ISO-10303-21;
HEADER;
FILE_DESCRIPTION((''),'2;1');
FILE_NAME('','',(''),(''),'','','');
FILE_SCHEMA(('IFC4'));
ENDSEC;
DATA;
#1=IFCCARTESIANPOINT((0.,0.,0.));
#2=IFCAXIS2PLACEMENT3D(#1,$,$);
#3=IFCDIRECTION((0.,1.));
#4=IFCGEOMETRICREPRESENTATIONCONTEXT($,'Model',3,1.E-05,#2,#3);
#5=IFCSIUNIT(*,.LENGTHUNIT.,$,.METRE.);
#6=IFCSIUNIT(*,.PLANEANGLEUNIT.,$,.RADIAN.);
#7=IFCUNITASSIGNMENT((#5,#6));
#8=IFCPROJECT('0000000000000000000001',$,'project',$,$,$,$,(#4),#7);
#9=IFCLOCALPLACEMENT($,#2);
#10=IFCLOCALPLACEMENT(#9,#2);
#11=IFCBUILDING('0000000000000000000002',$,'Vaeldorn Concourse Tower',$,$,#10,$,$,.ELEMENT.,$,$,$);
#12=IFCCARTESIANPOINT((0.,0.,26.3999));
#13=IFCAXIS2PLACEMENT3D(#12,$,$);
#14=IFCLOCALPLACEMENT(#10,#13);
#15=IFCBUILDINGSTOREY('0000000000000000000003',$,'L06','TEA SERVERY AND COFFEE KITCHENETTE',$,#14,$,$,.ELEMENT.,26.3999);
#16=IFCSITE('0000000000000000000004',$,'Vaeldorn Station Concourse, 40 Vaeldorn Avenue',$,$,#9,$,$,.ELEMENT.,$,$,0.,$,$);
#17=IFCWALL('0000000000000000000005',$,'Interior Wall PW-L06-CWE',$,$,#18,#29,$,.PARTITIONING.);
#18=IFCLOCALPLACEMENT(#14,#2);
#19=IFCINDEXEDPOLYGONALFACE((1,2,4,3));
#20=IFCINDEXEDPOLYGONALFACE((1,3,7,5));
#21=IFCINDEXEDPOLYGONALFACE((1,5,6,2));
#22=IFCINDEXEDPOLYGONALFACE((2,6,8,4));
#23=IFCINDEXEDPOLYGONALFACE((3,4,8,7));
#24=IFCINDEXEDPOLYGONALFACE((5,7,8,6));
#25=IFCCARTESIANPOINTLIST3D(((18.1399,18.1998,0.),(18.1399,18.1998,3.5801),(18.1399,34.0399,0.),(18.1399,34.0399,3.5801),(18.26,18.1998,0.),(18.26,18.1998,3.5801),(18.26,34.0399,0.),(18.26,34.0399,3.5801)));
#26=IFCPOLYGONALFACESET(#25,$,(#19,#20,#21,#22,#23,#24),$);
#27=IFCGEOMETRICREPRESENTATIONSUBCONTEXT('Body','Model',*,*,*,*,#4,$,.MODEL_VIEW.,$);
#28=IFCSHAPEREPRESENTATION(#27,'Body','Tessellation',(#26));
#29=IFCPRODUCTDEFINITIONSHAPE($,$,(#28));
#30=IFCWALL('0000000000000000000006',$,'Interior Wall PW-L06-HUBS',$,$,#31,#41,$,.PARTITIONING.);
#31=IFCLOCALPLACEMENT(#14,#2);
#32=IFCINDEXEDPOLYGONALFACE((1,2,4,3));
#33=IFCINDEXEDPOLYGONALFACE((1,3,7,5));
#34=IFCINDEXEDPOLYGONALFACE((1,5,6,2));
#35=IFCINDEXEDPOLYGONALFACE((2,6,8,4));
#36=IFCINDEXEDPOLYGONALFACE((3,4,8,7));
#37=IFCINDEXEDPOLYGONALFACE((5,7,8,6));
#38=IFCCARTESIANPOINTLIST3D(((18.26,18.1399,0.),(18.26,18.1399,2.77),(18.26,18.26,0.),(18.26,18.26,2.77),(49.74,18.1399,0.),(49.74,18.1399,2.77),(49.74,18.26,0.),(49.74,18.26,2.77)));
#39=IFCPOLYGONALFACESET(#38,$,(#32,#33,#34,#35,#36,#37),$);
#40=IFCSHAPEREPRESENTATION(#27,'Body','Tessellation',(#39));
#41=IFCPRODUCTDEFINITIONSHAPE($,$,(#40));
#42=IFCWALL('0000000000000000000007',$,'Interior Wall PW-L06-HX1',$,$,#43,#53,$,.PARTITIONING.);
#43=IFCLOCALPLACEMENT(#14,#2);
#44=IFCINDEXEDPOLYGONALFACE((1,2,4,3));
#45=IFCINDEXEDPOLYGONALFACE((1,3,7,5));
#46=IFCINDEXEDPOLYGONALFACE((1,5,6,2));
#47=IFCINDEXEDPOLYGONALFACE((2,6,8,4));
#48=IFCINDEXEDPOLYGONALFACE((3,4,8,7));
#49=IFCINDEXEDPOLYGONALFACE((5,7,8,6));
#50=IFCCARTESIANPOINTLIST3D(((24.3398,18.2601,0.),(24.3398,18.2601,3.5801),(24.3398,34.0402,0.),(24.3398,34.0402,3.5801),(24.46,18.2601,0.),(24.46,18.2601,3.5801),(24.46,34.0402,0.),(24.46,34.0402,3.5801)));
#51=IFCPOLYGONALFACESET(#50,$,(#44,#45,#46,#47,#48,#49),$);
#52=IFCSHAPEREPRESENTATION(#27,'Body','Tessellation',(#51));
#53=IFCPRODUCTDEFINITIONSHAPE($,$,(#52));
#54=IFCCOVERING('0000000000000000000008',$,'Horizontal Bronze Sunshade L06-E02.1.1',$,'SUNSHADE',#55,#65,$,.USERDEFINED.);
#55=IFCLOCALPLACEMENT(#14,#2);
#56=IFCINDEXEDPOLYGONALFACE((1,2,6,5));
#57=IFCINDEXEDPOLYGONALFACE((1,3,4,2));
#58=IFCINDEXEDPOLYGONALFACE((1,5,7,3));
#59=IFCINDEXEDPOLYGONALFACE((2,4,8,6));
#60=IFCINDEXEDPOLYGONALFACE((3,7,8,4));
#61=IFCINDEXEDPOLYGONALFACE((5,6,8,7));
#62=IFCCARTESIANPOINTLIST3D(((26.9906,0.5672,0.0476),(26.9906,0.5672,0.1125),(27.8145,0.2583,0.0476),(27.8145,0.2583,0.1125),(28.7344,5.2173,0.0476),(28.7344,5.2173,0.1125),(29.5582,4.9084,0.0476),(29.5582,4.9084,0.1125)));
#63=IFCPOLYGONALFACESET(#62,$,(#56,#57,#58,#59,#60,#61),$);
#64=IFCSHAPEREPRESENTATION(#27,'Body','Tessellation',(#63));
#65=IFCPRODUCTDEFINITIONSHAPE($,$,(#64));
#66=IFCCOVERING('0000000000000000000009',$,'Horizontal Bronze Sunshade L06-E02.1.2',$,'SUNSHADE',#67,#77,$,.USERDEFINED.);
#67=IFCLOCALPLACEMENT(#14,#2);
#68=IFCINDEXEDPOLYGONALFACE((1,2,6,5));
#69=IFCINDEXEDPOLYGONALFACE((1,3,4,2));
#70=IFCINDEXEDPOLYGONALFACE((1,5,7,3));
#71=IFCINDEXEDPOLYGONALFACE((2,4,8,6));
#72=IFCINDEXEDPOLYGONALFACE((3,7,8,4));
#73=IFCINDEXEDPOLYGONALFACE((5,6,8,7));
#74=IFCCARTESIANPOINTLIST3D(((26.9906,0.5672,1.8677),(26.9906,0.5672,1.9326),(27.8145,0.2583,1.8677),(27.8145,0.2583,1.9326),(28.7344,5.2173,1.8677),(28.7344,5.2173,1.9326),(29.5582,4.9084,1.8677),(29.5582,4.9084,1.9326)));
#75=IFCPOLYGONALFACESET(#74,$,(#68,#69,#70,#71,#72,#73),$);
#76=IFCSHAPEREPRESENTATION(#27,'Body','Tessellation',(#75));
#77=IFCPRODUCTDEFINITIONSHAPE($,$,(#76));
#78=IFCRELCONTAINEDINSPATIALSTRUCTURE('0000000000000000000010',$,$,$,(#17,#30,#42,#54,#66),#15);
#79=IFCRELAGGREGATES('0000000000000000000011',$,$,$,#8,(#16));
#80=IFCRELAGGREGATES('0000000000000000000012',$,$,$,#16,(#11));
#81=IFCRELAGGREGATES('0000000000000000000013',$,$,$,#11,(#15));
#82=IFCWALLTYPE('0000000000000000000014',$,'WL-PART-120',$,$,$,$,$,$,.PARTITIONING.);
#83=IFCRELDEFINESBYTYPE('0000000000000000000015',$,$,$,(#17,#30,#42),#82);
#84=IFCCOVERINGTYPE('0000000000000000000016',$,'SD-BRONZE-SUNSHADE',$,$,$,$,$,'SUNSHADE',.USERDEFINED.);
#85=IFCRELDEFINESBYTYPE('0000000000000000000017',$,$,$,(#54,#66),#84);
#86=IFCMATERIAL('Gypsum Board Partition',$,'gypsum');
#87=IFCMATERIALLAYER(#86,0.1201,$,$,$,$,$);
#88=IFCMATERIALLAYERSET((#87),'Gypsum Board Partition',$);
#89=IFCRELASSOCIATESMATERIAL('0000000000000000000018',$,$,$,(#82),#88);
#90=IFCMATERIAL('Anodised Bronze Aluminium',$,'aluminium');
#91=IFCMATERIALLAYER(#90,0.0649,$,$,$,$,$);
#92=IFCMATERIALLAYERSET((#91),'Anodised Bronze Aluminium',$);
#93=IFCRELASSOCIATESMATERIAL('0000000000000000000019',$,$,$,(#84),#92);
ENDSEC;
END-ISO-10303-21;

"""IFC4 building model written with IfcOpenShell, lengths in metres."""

from ifc_helpers import new_model, si_unit, direction, frame, frame_2d, origin, origin_2d, place, context, subcontext, project, spatial, rectangle, extrude, source, transform, mapped, material, layer, layer_set, type_object, element, save


model = new_model("IFC4")

# Units and contexts
model_context = context("Model", 3, precision=1e-05, world=origin(), true_north=direction((0.0, 1.0)))
body_context = subcontext(model_context, "Body", "Model", "MODEL_VIEW")
ifc_project = project(units=[si_unit("LENGTHUNIT", "METRE"), si_unit("PLANEANGLEUNIT", "RADIAN")], contexts=[model_context])

# Site, building, storey
site_placement = place(None, origin())
site = spatial("IfcSite", under=ifc_project, at=site_placement, Name="Vaeldorn Station Concourse, 40 Vaeldorn Avenue", CompositionType="ELEMENT", RefElevation=0.0)
building_placement = place(site_placement, origin())
building = spatial("IfcBuilding", under=site, at=building_placement, Name="Vaeldorn Concourse Tower", CompositionType="ELEMENT")
storey_placement = place(building_placement, frame((0.0, 0.0, 26.3999)))
storey = spatial("IfcBuildingStorey", under=building, at=storey_placement, Name="L06", Description="TEA SERVERY AND COFFEE KITCHENETTE", CompositionType="ELEMENT", Elevation=26.3999)

# Shared definitions
ifc_material_1 = material(Name="Anodised Bronze Aluminium", Category="aluminium")

# Shared definitions
ifc_material_2 = material(Name="Gypsum Board Partition", Category="gypsum")
ifc_layer_1 = layer(ifc_material_2, 0.1201)
ifc_layer_set_1 = layer_set([ifc_layer_1], Name="Gypsum Board Partition")
wall_type = type_object("IfcWallType", Name="WL-PART-120", PredefinedType="PARTITIONING", material=ifc_layer_set_1)

# Wall
wall_1_placement = place(storey_placement, frame((18.2, 18.2, 0.0), z_axis=(0.0, 0.0, 1.0), x_axis=(0.0, 1.0, 0.0)))
element("IfcWall", 1, at=wall_1_placement, inside=storey, type_object=wall_type, Name="Interior Wall PW-L06-CWE", PredefinedType="PARTITIONING", context=body_context, shape_type="SweptSolid", body=[
    extrude(rectangle(XDim=15.8401, YDim=0.1201, at=frame_2d((7.9199, 0.0))), origin(), (0.0, 0.0, 1.0), 3.5801),
])

# Walls
wall_2_placement = place(storey_placement, frame((18.26, 18.2, 0.0), z_axis=(0.0, 0.0, 1.0), x_axis=(1.0, 0.0, 0.0)))
element("IfcWall", 2, at=wall_2_placement, inside=storey, type_object=wall_type, Name="Interior Wall PW-L06-HUBS", PredefinedType="PARTITIONING", context=body_context, shape_type="SweptSolid", body=[
    extrude(rectangle(XDim=31.48, YDim=0.1201, at=frame_2d((15.74, 0.0))), origin(), (0.0, 0.0, 1.0), 2.77),
])
wall_3_placement = place(storey_placement, frame((24.3999, 18.26, 0.0), z_axis=(0.0, 0.0, 1.0), x_axis=(0.0, 1.0, 0.0)))
element("IfcWall", 3, at=wall_3_placement, inside=storey, type_object=wall_type, Name="Interior Wall PW-L06-HX1", PredefinedType="PARTITIONING", context=body_context, shape_type="SweptSolid", body=[
    extrude(rectangle(XDim=15.78, YDim=0.1201, at=frame_2d((7.8901, 0.0))), origin(), (0.0, 0.0, 1.0), 3.5801),
])

# Coverings
ifc_layer_2 = layer(ifc_material_1, 0.0649)
ifc_layer_set_2 = layer_set([ifc_layer_2], Name="Anodised Bronze Aluminium")
covering_type = type_object("IfcCoveringType", Name="SD-BRONZE-SUNSHADE", ElementType="SUNSHADE", PredefinedType="USERDEFINED", material=ifc_layer_set_2)
shared_shape_1 = source(origin(), body_context, "Body", "SweptSolid", [
    extrude(rectangle(XDim=4.9663, YDim=0.8799, at=origin_2d()), origin(), (0.0, 0.0, 1.0), 0.0649),
])
for number, where, z_axis, x_axis, name in (
    (4, (28.2744, 2.7378, 0.0476), (0.0, 0.0, 1.0), (0.351123, 0.936329, 0.0), "Horizontal Bronze Sunshade L06-E02.1.1"),
    (5, (28.2744, 2.7378, 1.8677), (0.0, 0.0, 1.0), (0.351123, 0.936329, 0.0), "Horizontal Bronze Sunshade L06-E02.1.2"),
):
    element("IfcCovering", number, at=place(storey_placement, frame(where, z_axis=z_axis, x_axis=x_axis)), inside=storey, type_object=covering_type, Name=name, ObjectType="SUNSHADE", PredefinedType="USERDEFINED", context=body_context, shape_type="MappedRepresentation", body=[
        mapped(shared_shape_1, transform((0.0, 0.0, 0.0), scale=1.0)),
    ])

save(model, "model.ifc")
